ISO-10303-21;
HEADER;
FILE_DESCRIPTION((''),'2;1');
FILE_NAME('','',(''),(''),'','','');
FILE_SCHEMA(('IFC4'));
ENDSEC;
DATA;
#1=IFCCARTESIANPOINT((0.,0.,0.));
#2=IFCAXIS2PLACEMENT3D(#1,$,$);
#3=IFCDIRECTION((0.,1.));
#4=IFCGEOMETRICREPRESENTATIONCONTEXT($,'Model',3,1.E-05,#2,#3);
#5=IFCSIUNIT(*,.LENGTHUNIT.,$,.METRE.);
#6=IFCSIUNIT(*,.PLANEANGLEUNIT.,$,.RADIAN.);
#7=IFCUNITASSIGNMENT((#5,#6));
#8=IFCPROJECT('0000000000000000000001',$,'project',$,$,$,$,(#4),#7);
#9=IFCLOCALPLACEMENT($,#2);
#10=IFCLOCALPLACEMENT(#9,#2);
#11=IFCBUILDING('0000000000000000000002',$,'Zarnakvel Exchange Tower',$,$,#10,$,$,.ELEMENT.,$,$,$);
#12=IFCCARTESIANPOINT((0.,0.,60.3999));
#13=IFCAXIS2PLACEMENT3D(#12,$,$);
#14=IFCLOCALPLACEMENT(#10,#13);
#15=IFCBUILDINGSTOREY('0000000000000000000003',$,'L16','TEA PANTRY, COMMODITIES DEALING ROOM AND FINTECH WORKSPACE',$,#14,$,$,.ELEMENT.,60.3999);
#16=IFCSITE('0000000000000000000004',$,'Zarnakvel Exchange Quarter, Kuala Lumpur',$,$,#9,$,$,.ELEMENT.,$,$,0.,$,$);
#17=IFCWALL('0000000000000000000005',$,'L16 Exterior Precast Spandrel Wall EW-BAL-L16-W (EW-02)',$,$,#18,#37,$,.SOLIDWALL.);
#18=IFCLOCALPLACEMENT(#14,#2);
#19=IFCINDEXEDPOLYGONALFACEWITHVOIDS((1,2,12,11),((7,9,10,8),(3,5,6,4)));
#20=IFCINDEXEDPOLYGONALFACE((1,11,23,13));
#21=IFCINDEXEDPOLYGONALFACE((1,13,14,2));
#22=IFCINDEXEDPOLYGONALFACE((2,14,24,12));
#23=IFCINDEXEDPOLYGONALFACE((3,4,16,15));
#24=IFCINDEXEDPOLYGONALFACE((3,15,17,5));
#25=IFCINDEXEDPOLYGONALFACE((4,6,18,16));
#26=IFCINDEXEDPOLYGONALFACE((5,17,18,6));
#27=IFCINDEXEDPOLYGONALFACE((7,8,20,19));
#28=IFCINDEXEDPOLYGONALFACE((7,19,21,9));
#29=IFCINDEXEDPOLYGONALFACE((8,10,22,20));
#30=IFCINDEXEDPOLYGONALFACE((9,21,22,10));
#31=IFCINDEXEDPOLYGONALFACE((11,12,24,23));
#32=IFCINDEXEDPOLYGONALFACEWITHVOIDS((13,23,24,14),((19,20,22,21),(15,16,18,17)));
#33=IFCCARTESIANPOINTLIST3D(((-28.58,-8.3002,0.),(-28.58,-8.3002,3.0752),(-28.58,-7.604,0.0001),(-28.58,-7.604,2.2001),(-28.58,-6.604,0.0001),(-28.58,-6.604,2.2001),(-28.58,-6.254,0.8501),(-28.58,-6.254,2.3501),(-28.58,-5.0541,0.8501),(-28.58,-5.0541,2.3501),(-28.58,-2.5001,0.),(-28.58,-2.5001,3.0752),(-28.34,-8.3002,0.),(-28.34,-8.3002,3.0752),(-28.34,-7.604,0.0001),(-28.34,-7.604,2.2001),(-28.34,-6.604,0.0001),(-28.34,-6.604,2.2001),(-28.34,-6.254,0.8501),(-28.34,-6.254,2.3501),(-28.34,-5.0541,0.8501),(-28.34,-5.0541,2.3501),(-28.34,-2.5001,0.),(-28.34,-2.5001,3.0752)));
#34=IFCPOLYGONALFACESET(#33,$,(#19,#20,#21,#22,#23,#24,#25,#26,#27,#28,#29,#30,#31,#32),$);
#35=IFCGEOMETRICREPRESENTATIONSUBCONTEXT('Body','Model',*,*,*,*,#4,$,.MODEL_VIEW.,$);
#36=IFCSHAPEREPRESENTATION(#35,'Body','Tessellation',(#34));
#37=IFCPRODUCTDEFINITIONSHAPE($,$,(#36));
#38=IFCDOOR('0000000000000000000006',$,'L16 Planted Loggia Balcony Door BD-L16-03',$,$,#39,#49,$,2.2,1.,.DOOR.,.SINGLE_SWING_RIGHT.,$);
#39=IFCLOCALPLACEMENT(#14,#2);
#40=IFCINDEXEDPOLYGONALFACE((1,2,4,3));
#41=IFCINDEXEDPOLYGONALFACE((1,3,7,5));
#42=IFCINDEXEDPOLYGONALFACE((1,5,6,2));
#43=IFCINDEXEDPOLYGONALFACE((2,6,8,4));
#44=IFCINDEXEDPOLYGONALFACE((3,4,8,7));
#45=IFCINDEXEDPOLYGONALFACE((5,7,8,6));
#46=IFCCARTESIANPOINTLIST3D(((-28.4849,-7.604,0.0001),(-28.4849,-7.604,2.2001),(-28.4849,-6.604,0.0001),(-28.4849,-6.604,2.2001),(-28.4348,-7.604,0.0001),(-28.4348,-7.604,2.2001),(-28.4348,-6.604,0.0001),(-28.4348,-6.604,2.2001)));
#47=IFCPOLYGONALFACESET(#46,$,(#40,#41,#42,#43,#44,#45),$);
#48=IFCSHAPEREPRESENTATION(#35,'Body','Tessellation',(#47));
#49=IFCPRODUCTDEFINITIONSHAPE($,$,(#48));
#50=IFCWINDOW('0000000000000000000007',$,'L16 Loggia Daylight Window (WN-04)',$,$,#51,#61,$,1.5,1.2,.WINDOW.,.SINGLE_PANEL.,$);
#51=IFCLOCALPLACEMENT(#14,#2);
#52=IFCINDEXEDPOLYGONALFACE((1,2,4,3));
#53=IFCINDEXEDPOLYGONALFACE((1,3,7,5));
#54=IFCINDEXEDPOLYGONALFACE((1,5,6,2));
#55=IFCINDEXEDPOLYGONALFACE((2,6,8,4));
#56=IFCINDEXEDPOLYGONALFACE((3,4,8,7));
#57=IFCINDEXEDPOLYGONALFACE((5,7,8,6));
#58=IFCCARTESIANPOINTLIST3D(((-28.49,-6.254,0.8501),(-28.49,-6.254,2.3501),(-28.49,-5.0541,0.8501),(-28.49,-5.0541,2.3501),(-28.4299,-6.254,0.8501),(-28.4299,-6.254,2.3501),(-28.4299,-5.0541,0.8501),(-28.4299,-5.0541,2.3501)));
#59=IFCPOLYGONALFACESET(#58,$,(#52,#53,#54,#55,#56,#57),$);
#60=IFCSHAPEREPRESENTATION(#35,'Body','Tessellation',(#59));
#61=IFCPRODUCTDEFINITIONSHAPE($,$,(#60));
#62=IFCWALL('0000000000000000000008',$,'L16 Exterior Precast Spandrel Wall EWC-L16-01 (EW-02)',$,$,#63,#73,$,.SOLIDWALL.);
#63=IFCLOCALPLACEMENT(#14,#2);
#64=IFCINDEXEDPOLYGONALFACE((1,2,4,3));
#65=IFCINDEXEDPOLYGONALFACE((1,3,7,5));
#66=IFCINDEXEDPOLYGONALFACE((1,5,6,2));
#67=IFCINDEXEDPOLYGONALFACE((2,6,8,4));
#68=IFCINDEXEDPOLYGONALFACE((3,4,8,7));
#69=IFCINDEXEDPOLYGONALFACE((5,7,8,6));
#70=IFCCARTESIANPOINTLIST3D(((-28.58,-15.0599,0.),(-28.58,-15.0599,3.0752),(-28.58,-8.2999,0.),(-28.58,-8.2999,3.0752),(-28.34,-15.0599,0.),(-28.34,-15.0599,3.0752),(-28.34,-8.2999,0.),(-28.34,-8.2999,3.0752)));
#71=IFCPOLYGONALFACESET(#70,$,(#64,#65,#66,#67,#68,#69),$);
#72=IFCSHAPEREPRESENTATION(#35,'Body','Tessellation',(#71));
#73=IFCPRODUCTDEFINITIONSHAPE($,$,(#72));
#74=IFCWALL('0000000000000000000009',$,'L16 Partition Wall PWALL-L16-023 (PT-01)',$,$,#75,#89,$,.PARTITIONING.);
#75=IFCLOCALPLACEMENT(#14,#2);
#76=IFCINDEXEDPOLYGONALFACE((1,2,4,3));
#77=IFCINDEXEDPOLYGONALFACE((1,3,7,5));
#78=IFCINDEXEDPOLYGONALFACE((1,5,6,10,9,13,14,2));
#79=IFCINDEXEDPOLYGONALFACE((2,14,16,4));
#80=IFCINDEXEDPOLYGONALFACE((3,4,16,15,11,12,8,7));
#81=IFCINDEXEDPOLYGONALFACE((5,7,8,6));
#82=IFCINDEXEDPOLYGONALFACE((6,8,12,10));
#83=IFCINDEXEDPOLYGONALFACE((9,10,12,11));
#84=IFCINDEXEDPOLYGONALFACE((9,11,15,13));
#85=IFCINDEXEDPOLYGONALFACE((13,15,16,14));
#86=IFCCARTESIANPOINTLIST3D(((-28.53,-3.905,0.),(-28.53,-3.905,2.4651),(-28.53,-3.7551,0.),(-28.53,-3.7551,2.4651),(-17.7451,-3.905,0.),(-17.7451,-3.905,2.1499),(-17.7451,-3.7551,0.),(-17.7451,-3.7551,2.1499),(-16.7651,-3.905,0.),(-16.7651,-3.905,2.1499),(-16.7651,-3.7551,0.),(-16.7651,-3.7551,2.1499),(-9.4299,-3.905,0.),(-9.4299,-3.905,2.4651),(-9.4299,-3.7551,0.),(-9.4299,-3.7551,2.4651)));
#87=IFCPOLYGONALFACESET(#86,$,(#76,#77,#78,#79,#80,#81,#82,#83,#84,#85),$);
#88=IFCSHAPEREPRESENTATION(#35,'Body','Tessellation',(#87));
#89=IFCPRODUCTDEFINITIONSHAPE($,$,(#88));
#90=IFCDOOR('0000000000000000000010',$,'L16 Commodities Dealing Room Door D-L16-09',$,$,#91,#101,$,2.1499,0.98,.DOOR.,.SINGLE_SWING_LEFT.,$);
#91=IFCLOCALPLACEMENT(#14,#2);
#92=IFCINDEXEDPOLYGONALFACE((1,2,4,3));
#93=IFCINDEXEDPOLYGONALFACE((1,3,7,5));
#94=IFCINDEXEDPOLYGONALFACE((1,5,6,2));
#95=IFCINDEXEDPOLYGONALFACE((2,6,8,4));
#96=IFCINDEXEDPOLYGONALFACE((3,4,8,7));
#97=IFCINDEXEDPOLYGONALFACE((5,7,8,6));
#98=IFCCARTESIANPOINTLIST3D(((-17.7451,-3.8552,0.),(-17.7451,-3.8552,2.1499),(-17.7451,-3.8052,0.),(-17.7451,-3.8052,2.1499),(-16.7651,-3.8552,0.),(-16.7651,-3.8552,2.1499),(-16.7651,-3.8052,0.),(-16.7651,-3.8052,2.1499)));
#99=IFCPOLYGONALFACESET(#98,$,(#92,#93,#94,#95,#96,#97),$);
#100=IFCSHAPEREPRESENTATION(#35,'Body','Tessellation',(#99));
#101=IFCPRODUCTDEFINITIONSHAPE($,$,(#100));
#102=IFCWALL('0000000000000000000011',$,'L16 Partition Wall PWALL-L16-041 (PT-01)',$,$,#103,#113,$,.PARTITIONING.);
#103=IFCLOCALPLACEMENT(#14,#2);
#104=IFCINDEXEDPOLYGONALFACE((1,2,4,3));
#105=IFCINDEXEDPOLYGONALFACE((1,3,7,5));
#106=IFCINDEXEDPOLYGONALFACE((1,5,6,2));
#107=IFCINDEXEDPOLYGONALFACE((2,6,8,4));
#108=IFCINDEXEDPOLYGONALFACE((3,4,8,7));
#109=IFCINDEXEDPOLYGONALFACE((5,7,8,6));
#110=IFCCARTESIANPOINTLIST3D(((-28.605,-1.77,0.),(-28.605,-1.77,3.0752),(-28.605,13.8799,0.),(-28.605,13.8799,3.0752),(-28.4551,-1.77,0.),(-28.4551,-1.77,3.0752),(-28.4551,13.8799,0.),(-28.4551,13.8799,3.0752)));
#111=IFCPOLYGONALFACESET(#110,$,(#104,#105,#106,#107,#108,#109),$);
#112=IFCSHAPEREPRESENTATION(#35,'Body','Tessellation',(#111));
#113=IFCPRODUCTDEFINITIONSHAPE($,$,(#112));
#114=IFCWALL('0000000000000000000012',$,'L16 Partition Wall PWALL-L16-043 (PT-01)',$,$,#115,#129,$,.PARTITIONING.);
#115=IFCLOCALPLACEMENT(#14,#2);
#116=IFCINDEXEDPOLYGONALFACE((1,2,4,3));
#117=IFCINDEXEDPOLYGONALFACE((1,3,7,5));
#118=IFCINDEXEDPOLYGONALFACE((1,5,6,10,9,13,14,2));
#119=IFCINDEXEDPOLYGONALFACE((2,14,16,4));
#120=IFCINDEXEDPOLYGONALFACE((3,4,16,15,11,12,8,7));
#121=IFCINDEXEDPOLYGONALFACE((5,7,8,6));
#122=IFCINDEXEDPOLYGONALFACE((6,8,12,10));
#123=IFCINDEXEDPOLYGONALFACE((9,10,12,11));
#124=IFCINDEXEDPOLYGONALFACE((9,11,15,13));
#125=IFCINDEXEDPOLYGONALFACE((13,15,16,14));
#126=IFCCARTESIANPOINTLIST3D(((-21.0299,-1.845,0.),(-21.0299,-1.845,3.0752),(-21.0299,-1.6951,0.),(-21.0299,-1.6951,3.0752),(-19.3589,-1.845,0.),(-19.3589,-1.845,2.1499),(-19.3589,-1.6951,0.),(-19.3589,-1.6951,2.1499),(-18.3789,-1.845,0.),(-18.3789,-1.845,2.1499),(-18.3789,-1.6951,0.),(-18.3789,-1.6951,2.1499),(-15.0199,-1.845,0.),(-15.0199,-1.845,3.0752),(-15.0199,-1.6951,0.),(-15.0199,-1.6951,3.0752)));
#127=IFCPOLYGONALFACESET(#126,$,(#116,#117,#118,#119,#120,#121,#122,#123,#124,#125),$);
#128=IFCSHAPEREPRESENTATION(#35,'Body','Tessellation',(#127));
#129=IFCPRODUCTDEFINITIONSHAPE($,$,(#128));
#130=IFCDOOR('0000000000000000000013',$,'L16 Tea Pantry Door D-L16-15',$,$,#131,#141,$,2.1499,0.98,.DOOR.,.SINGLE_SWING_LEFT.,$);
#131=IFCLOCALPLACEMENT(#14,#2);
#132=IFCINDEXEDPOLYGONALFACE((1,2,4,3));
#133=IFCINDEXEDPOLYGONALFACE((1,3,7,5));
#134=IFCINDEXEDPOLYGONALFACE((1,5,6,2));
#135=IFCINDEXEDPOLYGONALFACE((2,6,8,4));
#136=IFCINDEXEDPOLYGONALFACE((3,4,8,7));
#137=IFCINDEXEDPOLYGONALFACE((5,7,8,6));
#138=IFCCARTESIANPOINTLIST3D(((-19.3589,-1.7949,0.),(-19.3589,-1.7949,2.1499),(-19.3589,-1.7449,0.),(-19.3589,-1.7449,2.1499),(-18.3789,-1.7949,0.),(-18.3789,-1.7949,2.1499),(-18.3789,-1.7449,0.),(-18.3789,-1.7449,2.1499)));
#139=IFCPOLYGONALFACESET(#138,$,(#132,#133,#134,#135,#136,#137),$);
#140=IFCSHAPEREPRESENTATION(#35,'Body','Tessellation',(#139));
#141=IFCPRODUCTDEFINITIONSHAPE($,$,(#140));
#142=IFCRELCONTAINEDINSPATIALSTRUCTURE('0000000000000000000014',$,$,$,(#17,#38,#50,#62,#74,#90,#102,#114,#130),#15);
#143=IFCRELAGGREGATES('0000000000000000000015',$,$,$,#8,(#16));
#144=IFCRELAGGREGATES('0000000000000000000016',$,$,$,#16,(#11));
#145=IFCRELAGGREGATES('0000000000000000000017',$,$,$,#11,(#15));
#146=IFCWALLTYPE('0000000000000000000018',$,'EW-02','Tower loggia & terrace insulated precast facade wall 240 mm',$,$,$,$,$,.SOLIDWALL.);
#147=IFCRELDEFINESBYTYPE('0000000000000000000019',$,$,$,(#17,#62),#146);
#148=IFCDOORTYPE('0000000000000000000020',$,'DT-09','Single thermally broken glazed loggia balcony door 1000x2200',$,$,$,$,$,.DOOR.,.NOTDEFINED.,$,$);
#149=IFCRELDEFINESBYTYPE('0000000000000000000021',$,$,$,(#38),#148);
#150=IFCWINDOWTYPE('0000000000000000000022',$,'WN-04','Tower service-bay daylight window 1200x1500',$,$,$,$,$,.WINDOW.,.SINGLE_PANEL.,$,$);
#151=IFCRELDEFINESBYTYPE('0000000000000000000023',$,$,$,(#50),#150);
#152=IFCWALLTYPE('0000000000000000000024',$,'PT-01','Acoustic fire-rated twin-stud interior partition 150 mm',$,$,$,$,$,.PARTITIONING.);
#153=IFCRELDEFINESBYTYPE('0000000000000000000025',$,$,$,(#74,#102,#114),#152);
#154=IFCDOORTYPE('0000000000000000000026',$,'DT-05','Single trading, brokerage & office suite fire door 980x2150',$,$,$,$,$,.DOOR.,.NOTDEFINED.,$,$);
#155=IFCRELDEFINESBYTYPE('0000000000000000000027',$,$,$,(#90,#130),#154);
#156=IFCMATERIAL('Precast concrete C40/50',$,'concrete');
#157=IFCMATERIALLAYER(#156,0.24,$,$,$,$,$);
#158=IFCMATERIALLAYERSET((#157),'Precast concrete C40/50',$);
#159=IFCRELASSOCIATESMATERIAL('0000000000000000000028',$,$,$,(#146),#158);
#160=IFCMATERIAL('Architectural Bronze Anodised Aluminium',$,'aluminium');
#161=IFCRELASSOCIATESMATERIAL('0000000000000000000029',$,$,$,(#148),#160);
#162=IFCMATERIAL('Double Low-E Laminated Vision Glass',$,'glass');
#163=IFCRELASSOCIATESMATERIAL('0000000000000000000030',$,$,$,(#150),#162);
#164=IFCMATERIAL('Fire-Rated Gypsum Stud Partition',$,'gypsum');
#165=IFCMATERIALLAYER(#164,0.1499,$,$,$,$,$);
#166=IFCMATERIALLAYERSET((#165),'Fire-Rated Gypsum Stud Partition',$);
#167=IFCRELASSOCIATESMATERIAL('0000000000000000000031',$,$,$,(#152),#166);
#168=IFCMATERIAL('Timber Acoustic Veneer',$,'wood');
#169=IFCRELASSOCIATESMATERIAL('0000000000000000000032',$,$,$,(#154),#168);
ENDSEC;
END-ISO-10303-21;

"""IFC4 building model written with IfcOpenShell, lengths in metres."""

from ifc_helpers import new_model, si_unit, direction, frame, frame_2d, origin, place, context, subcontext, project, spatial, rectangle, extrude, source, transform, mapped, material, layer, layer_set, type_object, element, fill, save


model = new_model("IFC4")

# Units and contexts
model_context = context("Model", 3, precision=1e-05, world=origin(), true_north=direction((0.0, 1.0)))
body_context = subcontext(model_context, "Body", "Model", "MODEL_VIEW")
ifc_project = project(units=[si_unit("LENGTHUNIT", "METRE"), si_unit("PLANEANGLEUNIT", "RADIAN")], contexts=[model_context])

# Site, building, storey
site_placement = place(None, origin())
site = spatial("IfcSite", under=ifc_project, at=site_placement, Name="Zarnakvel Exchange Quarter, Kuala Lumpur", CompositionType="ELEMENT", RefElevation=0.0)
building_placement = place(site_placement, origin())
building = spatial("IfcBuilding", under=site, at=building_placement, Name="Zarnakvel Exchange Tower", CompositionType="ELEMENT")
storey_placement = place(building_placement, frame((0.0, 0.0, 60.3999)))
storey = spatial("IfcBuildingStorey", under=building, at=storey_placement, Name="L16", Description="TEA PANTRY, COMMODITIES DEALING ROOM AND FINTECH WORKSPACE", CompositionType="ELEMENT", Elevation=60.3999)

# Shared definitions
ifc_material_1 = material(Name="Architectural Bronze Anodised Aluminium", Category="aluminium")
ifc_material_2 = material(Name="Double Low-E Laminated Vision Glass", Category="glass")

# Wall, openings, door, window
ifc_material_3 = material(Name="Precast concrete C40/50", Category="concrete")
ifc_layer_1 = layer(ifc_material_3, 0.24)
ifc_layer_set_1 = layer_set([ifc_layer_1], Name="Precast concrete C40/50")
wall_type_1 = type_object("IfcWallType", Name="EW-02", Description="Tower loggia & terrace insulated precast facade wall 240 mm", PredefinedType="SOLIDWALL", material=ifc_layer_set_1)
wall_1_placement = place(storey_placement, frame((-28.46, -8.3, 0.0), z_axis=(0.0, 0.0, 1.0), x_axis=(0.0, 1.0, 0.0)))
wall_1 = element("IfcWall", 1, at=wall_1_placement, inside=storey, type_object=wall_type_1, Name="L16 Exterior Precast Spandrel Wall EW-BAL-L16-W (EW-02)", PredefinedType="SOLIDWALL", context=body_context, shape_type="SweptSolid", body=[
    extrude(rectangle(XDim=5.8, YDim=0.24, at=frame_2d((2.8999, 0.0))), origin(), (0.0, 0.0, 1.0), 3.0752),
])
opening_1_placement = place(wall_1_placement, frame((0.696, 0.0, 0.0)))
opening_1 = element("IfcOpeningElement", 2, at=opening_1_placement, cuts=wall_1, PredefinedType="OPENING", context=body_context, shape_type="SweptSolid", body=[
    extrude(rectangle(XDim=1.0, YDim=2.2, at=frame_2d((0.5, 1.1001))), frame((0.0, 0.1299, 0.0), z_axis=(0.0, -1.0, 0.0), x_axis=(1.0, 0.0, 0.0)), (0.0, 0.0, 1.0), 0.26),
])
opening_2_placement = place(wall_1_placement, frame((2.0459, 0.0, 0.8501)))
opening_2 = element("IfcOpeningElement", 3, at=opening_2_placement, cuts=wall_1, PredefinedType="OPENING", context=body_context, shape_type="SweptSolid", body=[
    extrude(rectangle(XDim=1.2, YDim=1.5, at=frame_2d((0.6001, 0.75))), frame((0.0, 0.1299, 0.0), z_axis=(0.0, -1.0, 0.0), x_axis=(1.0, 0.0, 0.0)), (0.0, 0.0, 1.0), 0.26),
])
door_type_1 = type_object("IfcDoorType", Name="DT-09", Description="Single thermally broken glazed loggia balcony door 1000x2200", OperationType="NOTDEFINED", PredefinedType="DOOR", material=ifc_material_1)
shared_shape_1 = source(origin(), body_context, "Body", "SweptSolid", [
    extrude(rectangle(XDim=1.0, YDim=2.2, at=frame_2d((0.5, 1.1001))), frame((0.0, 0.0249, 0.0), z_axis=(0.0, -1.0, 0.0), x_axis=(1.0, 0.0, 0.0)), (0.0, 0.0, 1.0), 0.05),
])
door_1_placement = place(opening_1_placement, origin())
door_1 = element("IfcDoor", 4, at=door_1_placement, inside=storey, type_object=door_type_1, Name="L16 Planted Loggia Balcony Door BD-L16-03", OperationType="SINGLE_SWING_RIGHT", OverallHeight=2.2, OverallWidth=1.0, PredefinedType="DOOR", context=body_context, shape_type="MappedRepresentation", body=[
    mapped(shared_shape_1, transform((0.0, 0.0, 0.0), x_axis=(1.0, 0.0, 0.0), y_axis=(0.0, 1.0, 0.0), z_axis=(0.0, 0.0, 1.0), scale=1.0)),
])
fill(opening_1, door_1)
window_type = type_object("IfcWindowType", Name="WN-04", Description="Tower service-bay daylight window 1200x1500", PartitioningType="SINGLE_PANEL", PredefinedType="WINDOW", material=ifc_material_2)
shared_shape_2 = source(origin(), body_context, "Body", "SweptSolid", [
    extrude(rectangle(XDim=1.2, YDim=1.5, at=frame_2d((0.6001, 0.75))), frame((0.0, 0.03, 0.0), z_axis=(0.0, -1.0, 0.0), x_axis=(1.0, 0.0, 0.0)), (0.0, 0.0, 1.0), 0.0601),
])
window_placement = place(opening_2_placement, origin())
window = element("IfcWindow", 5, at=window_placement, inside=storey, type_object=window_type, Name="L16 Loggia Daylight Window (WN-04)", OverallHeight=1.5, OverallWidth=1.2, PartitioningType="SINGLE_PANEL", PredefinedType="WINDOW", context=body_context, shape_type="MappedRepresentation", body=[
    mapped(shared_shape_2, transform((0.0, 0.0, 0.0), x_axis=(1.0, 0.0, 0.0), y_axis=(0.0, 1.0, 0.0), z_axis=(0.0, 0.0, 1.0), scale=1.0)),
])
fill(opening_2, window)

# Wall
wall_2_placement = place(storey_placement, frame((-28.46, -8.3, 0.0), z_axis=(0.0, 0.0, 1.0), x_axis=(0.0, -1.0, 0.0)))
element("IfcWall", 6, at=wall_2_placement, inside=storey, type_object=wall_type_1, Name="L16 Exterior Precast Spandrel Wall EWC-L16-01 (EW-02)", PredefinedType="SOLIDWALL", context=body_context, shape_type="SweptSolid", body=[
    extrude(rectangle(XDim=6.76, YDim=0.24, at=frame_2d((3.3799, 0.0))), origin(), (0.0, 0.0, 1.0), 3.0752),
])

# Wall, opening, door
ifc_material_4 = material(Name="Fire-Rated Gypsum Stud Partition", Category="gypsum")
ifc_layer_2 = layer(ifc_material_4, 0.1499)
ifc_layer_set_2 = layer_set([ifc_layer_2], Name="Fire-Rated Gypsum Stud Partition")
wall_type_2 = type_object("IfcWallType", Name="PT-01", Description="Acoustic fire-rated twin-stud interior partition 150 mm", PredefinedType="PARTITIONING", material=ifc_layer_set_2)
wall_3_placement = place(storey_placement, frame((-28.53, -3.8301, 0.0), z_axis=(0.0, 0.0, 1.0), x_axis=(1.0, 0.0, 0.0)))
wall_3 = element("IfcWall", 7, at=wall_3_placement, inside=storey, type_object=wall_type_2, Name="L16 Partition Wall PWALL-L16-023 (PT-01)", PredefinedType="PARTITIONING", context=body_context, shape_type="SweptSolid", body=[
    extrude(rectangle(XDim=19.1001, YDim=0.1499, at=frame_2d((9.55, 0.0))), origin(), (0.0, 0.0, 1.0), 2.4651),
])
opening_3_placement = place(wall_3_placement, frame((10.7849, 0.0, 0.0)))
opening_3 = element("IfcOpeningElement", 8, at=opening_3_placement, cuts=wall_3, PredefinedType="OPENING", context=body_context, shape_type="SweptSolid", body=[
    extrude(rectangle(XDim=0.98, YDim=2.1499, at=frame_2d((0.49, 1.075))), frame((0.0, 0.085, 0.0), z_axis=(0.0, -1.0, 0.0), x_axis=(1.0, 0.0, 0.0)), (0.0, 0.0, 1.0), 0.1699),
])
ifc_material_5 = material(Name="Timber Acoustic Veneer", Category="wood")
door_type_2 = type_object("IfcDoorType", Name="DT-05", Description="Single trading, brokerage & office suite fire door 980x2150", OperationType="NOTDEFINED", PredefinedType="DOOR", material=ifc_material_5)
shared_shape_3 = source(origin(), body_context, "Body", "SweptSolid", [
    extrude(rectangle(XDim=0.98, YDim=2.1499, at=frame_2d((0.49, 1.075))), frame((0.0, 0.0249, 0.0), z_axis=(0.0, -1.0, 0.0), x_axis=(1.0, 0.0, 0.0)), (0.0, 0.0, 1.0), 0.05),
])
door_2_placement = place(opening_3_placement, origin())
door_2 = element("IfcDoor", 9, at=door_2_placement, inside=storey, type_object=door_type_2, Name="L16 Commodities Dealing Room Door D-L16-09", OperationType="SINGLE_SWING_LEFT", OverallHeight=2.1499, OverallWidth=0.98, PredefinedType="DOOR", context=body_context, shape_type="MappedRepresentation", body=[
    mapped(shared_shape_3, transform((0.0, 0.0, 0.0), x_axis=(1.0, 0.0, 0.0), y_axis=(0.0, 1.0, 0.0), z_axis=(0.0, 0.0, 1.0), scale=1.0)),
])
fill(opening_3, door_2)

# Wall
wall_4_placement = place(storey_placement, frame((-28.53, -1.77, 0.0), z_axis=(0.0, 0.0, 1.0), x_axis=(0.0, 1.0, 0.0)))
element("IfcWall", 10, at=wall_4_placement, inside=storey, type_object=wall_type_2, Name="L16 Partition Wall PWALL-L16-041 (PT-01)", PredefinedType="PARTITIONING", context=body_context, shape_type="SweptSolid", body=[
    extrude(rectangle(XDim=15.6499, YDim=0.1499, at=frame_2d((7.825, 0.0))), origin(), (0.0, 0.0, 1.0), 3.0752),
])

# Wall, opening, door
wall_5_placement = place(storey_placement, frame((-15.02, -1.77, 0.0), z_axis=(0.0, 0.0, 1.0), x_axis=(-1.0, 0.0, 0.0)))
wall_5 = element("IfcWall", 11, at=wall_5_placement, inside=storey, type_object=wall_type_2, Name="L16 Partition Wall PWALL-L16-043 (PT-01)", PredefinedType="PARTITIONING", context=body_context, shape_type="SweptSolid", body=[
    extrude(rectangle(XDim=6.01, YDim=0.1499, at=frame_2d((3.0049, 0.0))), origin(), (0.0, 0.0, 1.0), 3.0752),
])
opening_4_placement = place(wall_5_placement, frame((3.3589, 0.0, 0.0)))
opening_4 = element("IfcOpeningElement", 12, at=opening_4_placement, cuts=wall_5, PredefinedType="OPENING", context=body_context, shape_type="SweptSolid", body=[
    extrude(rectangle(XDim=0.98, YDim=2.1499, at=frame_2d((0.49, 1.075))), frame((0.0, 0.085, 0.0), z_axis=(0.0, -1.0, 0.0), x_axis=(1.0, 0.0, 0.0)), (0.0, 0.0, 1.0), 0.1699),
])
door_3_placement = place(opening_4_placement, origin())
door_3 = element("IfcDoor", 13, at=door_3_placement, inside=storey, type_object=door_type_2, Name="L16 Tea Pantry Door D-L16-15", OperationType="SINGLE_SWING_LEFT", OverallHeight=2.1499, OverallWidth=0.98, PredefinedType="DOOR", context=body_context, shape_type="MappedRepresentation", body=[
    mapped(shared_shape_3, transform((0.0, 0.0, 0.0), x_axis=(1.0, 0.0, 0.0), y_axis=(0.0, 1.0, 0.0), z_axis=(0.0, 0.0, 1.0), scale=1.0)),
])
fill(opening_4, door_3)

save(model, "model.ifc")
